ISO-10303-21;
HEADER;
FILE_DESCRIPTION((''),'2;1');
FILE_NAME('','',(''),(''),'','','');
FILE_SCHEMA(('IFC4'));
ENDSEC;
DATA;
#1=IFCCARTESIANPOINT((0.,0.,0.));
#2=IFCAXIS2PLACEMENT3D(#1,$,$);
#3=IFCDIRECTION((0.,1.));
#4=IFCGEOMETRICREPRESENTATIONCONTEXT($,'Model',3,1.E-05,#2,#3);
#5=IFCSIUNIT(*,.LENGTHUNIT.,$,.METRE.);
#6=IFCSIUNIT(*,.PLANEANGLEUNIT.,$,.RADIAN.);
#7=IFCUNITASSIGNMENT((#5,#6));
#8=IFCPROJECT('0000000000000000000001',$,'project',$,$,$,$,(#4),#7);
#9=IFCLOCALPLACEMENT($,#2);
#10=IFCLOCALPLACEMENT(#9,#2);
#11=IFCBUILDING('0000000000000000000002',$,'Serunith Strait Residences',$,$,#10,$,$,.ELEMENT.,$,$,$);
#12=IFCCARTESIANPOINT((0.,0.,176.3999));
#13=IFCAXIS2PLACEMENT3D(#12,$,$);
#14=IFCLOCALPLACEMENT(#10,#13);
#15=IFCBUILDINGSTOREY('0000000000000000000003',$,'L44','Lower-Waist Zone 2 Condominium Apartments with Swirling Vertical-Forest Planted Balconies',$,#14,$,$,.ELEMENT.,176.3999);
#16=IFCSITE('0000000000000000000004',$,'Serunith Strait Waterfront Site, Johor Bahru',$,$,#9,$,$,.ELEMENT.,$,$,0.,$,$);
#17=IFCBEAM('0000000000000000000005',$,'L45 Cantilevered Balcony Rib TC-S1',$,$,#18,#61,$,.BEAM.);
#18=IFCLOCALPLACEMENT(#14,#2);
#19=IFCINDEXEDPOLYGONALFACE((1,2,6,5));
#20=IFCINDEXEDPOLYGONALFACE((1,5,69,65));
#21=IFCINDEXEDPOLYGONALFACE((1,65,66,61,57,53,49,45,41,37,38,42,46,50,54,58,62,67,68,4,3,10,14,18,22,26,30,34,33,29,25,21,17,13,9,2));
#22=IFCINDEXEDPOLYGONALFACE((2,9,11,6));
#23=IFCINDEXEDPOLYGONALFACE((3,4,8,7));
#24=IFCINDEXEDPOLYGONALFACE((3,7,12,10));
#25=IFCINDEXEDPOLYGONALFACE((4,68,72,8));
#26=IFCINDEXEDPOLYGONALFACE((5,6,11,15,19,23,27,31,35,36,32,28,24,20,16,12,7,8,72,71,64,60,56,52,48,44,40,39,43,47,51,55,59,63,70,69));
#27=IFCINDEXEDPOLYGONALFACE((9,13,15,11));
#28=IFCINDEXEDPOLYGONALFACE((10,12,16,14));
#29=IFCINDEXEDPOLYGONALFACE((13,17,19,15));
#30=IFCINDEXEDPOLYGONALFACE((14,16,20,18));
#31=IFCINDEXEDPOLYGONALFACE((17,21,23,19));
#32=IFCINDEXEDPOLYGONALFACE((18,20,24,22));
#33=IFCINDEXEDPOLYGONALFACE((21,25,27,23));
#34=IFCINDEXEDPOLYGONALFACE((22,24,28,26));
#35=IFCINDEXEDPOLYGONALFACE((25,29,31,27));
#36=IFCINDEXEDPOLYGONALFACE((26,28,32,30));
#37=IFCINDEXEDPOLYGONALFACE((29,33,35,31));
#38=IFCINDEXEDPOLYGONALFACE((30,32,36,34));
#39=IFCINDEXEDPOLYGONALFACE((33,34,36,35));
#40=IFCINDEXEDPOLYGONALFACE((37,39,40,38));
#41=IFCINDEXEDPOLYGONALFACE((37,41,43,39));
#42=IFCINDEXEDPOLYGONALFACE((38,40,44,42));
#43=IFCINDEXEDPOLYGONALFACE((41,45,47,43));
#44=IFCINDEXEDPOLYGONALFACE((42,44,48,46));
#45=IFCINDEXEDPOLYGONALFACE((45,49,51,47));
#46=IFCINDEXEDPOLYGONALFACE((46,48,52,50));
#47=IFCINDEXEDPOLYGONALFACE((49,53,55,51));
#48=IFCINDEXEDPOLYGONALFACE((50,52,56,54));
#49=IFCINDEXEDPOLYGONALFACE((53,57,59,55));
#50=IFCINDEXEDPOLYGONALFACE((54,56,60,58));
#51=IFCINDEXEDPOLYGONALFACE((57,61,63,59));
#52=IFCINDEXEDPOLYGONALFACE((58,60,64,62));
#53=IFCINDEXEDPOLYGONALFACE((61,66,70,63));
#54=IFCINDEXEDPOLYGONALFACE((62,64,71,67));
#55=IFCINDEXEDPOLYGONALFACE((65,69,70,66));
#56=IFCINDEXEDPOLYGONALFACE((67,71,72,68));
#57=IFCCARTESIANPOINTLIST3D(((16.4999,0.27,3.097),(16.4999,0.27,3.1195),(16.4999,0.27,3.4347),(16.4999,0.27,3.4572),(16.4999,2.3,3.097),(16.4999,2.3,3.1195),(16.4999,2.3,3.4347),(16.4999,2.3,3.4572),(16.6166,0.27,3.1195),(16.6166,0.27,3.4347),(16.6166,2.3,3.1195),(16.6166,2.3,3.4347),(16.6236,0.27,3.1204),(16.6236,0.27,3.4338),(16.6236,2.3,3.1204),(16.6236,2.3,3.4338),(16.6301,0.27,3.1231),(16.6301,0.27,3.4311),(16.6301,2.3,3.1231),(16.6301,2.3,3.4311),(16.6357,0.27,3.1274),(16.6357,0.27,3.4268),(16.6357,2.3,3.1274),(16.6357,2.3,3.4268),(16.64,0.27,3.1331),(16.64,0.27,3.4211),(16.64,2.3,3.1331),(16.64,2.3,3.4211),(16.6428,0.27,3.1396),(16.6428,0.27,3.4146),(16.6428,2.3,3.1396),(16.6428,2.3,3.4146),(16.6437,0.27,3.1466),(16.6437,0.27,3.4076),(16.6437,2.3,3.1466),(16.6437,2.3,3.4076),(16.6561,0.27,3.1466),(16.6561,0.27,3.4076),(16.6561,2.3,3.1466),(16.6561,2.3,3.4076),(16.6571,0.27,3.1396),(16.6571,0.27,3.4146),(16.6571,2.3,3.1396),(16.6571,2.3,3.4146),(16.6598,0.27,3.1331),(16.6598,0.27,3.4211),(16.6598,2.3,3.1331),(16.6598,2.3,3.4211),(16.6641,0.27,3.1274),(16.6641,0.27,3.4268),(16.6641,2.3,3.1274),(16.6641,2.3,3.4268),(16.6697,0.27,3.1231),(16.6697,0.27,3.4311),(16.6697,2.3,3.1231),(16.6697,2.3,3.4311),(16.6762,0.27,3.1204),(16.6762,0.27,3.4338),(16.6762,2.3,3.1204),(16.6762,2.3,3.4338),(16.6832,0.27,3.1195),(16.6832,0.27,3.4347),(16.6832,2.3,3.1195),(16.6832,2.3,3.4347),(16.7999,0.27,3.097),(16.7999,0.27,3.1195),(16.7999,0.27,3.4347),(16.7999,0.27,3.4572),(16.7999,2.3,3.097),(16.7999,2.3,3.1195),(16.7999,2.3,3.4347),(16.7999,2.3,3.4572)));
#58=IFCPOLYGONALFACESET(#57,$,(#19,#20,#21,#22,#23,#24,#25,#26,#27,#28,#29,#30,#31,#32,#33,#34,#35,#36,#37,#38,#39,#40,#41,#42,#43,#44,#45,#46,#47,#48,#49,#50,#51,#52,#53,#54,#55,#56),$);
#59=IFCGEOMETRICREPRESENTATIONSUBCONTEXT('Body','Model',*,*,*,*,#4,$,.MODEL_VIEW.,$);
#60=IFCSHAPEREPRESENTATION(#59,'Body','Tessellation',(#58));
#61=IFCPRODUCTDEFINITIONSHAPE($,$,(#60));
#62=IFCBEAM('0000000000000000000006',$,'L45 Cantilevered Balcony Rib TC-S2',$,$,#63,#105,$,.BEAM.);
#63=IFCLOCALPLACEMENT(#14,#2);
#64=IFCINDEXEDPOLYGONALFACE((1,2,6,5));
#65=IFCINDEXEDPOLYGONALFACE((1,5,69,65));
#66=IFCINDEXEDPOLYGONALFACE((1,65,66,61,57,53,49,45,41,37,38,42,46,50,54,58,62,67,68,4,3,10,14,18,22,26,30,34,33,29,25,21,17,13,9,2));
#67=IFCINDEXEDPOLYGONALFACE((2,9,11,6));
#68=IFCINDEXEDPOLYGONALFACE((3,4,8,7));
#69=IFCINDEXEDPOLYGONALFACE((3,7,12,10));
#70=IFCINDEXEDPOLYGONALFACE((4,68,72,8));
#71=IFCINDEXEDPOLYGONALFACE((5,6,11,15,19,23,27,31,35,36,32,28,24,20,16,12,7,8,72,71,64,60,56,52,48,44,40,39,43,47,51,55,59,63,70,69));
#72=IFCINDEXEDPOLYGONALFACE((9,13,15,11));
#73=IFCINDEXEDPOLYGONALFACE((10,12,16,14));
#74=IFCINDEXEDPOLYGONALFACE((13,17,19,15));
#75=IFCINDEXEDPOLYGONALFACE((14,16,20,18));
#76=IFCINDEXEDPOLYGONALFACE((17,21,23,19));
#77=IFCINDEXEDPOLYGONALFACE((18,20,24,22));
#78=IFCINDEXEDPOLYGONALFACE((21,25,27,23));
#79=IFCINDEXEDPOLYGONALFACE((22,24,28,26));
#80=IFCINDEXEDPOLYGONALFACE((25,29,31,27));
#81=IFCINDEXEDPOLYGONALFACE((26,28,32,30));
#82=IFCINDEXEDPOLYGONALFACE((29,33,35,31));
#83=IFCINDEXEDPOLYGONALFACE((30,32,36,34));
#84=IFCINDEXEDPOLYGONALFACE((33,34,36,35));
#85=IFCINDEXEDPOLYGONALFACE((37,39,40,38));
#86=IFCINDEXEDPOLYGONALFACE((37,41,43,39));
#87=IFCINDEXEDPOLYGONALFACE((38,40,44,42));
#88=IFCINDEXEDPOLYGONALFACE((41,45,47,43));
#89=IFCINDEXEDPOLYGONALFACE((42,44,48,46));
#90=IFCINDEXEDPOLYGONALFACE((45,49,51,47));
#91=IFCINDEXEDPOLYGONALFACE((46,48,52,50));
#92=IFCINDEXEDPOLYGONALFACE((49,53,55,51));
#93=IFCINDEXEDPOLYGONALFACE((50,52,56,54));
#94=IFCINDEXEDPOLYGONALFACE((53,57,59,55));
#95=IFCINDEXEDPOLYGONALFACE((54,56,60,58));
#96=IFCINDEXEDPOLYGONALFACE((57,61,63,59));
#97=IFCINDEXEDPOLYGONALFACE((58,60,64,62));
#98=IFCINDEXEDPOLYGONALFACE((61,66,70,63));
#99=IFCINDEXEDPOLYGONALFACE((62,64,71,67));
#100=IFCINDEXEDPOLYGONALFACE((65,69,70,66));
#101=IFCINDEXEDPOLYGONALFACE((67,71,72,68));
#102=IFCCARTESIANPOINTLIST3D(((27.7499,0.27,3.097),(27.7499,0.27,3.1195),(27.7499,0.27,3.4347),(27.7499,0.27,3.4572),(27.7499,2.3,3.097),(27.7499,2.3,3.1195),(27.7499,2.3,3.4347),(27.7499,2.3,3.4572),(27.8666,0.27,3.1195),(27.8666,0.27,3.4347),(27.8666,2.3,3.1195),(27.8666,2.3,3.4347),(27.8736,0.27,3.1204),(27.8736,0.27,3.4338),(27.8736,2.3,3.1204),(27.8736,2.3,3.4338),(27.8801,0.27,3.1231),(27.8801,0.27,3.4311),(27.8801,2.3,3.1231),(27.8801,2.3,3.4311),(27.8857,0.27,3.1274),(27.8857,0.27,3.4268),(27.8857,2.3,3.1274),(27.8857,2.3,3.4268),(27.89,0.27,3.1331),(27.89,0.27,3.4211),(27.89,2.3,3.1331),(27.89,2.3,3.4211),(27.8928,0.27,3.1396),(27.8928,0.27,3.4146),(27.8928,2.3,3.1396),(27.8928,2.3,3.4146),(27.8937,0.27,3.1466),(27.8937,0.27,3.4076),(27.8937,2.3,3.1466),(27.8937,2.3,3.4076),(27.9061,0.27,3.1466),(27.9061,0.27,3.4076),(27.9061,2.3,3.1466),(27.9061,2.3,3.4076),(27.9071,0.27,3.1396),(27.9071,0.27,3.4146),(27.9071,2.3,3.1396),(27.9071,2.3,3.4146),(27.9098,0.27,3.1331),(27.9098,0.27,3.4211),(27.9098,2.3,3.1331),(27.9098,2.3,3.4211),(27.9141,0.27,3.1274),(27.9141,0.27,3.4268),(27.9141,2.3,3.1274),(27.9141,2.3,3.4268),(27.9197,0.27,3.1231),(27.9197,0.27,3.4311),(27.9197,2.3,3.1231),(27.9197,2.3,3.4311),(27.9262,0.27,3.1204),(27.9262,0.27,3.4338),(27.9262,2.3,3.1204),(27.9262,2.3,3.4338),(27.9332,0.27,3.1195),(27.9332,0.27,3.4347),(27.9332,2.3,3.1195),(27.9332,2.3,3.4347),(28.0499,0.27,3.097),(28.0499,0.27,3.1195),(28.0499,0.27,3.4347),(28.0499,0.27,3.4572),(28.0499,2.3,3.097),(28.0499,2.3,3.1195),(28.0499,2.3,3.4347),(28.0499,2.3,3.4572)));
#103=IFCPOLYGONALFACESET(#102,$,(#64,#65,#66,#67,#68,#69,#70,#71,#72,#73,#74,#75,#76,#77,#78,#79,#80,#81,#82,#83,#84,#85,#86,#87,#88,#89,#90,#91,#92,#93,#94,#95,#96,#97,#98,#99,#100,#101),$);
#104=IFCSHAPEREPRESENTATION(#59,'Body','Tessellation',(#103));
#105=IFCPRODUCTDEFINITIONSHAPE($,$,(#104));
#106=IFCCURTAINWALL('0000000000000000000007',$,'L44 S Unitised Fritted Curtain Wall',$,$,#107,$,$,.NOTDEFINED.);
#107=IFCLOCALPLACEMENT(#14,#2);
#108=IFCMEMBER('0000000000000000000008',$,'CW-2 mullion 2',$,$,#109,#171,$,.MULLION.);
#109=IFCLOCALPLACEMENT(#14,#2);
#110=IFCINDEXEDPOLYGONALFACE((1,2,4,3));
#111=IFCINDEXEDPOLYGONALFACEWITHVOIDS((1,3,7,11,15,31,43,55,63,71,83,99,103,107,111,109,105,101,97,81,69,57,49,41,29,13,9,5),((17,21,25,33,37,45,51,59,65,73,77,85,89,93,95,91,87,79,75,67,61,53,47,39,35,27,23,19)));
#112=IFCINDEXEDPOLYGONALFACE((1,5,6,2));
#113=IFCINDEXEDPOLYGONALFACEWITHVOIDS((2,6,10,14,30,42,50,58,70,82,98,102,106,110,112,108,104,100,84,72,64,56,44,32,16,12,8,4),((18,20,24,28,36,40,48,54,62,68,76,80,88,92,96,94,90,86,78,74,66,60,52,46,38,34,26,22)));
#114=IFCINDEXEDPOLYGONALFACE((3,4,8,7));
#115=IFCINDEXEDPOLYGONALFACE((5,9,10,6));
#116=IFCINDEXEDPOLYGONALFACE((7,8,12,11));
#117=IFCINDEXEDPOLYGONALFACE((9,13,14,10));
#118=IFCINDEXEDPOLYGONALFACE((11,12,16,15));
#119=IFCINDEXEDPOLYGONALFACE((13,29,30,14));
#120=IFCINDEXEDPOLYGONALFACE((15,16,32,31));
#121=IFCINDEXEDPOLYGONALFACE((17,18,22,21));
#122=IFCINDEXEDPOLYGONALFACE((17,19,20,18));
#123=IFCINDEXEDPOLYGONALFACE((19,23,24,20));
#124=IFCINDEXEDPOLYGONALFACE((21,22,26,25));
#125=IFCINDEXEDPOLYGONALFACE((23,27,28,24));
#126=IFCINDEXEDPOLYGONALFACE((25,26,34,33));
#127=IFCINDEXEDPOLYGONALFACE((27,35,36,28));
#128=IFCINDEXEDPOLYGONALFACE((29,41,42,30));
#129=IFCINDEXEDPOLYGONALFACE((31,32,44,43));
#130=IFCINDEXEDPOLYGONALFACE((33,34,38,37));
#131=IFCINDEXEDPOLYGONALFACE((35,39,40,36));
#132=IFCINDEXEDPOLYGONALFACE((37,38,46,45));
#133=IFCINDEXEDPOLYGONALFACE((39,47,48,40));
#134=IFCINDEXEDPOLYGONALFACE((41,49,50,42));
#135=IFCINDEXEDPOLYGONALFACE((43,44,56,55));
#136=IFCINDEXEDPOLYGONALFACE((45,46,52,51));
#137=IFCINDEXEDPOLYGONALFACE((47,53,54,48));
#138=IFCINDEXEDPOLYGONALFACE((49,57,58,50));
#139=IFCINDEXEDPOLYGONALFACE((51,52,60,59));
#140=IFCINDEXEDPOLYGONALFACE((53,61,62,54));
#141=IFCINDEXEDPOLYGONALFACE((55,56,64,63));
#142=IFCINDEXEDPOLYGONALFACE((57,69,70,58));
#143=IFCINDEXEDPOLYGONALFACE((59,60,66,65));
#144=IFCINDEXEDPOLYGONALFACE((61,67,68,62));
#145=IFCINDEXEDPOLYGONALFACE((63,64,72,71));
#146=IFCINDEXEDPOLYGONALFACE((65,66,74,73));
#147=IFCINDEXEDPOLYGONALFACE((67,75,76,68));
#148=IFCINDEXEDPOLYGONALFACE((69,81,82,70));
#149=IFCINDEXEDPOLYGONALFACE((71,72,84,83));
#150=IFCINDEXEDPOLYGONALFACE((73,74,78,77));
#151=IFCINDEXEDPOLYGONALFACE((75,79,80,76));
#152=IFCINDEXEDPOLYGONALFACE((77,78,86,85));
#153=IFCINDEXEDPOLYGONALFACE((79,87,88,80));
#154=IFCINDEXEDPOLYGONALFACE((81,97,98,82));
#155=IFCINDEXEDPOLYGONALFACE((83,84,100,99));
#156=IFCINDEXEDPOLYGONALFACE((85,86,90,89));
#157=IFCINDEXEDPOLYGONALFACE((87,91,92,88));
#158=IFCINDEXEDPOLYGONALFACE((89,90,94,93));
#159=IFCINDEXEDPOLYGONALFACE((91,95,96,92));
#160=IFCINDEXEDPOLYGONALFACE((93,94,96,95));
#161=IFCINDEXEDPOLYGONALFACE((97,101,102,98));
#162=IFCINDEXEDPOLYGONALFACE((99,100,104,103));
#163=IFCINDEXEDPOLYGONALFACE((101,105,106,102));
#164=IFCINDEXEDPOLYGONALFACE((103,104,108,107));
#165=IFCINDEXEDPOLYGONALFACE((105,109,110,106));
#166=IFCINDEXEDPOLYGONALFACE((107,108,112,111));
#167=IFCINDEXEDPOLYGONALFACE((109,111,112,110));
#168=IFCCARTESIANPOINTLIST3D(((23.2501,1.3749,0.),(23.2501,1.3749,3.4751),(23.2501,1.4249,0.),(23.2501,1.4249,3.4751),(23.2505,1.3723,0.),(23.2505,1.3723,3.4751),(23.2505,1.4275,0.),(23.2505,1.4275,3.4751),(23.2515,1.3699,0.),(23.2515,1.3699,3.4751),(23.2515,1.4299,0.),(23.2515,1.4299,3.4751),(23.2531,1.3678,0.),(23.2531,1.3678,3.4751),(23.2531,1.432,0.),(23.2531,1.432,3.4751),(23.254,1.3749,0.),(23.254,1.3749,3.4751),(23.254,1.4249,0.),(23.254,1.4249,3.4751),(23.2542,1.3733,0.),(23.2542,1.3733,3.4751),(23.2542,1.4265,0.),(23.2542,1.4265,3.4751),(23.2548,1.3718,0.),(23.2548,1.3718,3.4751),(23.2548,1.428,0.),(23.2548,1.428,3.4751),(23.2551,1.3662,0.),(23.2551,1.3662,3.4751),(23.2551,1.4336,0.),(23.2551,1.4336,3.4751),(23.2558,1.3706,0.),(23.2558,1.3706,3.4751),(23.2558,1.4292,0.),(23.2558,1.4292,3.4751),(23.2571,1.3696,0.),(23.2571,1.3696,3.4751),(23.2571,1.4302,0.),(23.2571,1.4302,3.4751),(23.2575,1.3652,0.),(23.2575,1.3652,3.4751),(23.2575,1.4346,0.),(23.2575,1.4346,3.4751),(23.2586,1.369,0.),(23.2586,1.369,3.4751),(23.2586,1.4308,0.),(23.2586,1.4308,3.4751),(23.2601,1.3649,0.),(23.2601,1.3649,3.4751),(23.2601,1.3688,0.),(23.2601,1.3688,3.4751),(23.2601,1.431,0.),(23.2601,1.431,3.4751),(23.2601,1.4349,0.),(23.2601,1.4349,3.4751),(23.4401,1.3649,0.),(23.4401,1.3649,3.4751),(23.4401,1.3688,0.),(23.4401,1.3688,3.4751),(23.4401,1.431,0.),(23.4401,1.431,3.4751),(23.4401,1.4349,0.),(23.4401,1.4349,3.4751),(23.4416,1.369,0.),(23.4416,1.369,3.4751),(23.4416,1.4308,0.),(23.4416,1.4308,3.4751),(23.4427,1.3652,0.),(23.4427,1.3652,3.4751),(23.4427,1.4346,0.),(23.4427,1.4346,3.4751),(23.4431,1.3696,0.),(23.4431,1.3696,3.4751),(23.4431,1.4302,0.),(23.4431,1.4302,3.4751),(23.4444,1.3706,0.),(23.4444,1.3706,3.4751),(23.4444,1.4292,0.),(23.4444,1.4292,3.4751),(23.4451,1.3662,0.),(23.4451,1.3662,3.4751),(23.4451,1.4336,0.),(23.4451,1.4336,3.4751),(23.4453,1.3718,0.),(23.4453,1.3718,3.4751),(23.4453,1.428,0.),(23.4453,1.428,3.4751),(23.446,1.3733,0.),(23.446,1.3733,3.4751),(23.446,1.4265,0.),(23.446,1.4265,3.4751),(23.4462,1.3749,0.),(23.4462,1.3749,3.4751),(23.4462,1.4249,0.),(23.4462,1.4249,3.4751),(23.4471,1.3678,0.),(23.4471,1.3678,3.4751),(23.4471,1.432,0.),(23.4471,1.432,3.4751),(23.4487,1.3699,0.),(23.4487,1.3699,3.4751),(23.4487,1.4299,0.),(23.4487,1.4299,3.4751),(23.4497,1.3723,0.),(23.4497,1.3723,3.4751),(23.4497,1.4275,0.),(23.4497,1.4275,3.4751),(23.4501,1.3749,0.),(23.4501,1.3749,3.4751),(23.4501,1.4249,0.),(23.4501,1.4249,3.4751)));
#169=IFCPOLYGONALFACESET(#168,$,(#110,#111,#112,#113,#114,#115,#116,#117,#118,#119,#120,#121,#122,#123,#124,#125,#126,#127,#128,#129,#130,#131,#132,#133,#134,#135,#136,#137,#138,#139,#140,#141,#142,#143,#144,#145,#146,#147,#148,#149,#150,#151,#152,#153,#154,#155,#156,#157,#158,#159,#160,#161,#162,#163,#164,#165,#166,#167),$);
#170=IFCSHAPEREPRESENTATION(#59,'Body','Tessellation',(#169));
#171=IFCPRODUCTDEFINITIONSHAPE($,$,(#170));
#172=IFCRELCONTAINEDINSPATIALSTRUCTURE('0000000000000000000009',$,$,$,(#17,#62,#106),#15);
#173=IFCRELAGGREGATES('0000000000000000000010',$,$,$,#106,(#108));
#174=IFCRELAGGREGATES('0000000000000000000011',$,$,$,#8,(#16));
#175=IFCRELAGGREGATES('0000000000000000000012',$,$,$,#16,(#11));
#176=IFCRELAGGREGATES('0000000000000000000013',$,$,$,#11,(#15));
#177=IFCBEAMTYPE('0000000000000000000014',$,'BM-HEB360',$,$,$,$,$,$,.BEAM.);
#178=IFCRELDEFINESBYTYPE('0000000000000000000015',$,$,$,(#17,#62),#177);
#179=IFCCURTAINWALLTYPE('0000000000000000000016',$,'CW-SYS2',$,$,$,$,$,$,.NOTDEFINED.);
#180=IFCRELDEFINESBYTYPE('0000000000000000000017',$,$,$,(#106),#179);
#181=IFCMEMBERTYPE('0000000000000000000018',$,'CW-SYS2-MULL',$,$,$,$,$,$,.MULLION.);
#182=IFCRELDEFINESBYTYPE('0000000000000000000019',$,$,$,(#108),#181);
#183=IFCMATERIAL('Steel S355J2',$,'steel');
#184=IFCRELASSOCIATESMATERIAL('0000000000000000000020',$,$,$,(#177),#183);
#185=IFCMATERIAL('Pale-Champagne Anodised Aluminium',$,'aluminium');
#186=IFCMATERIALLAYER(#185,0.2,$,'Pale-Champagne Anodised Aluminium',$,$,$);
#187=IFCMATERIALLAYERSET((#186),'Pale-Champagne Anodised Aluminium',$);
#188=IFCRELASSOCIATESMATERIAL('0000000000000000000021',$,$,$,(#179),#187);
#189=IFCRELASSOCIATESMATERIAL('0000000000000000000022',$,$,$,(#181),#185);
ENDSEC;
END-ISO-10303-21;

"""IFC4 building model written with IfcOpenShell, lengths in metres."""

from ifc_helpers import new_model, si_unit, direction, frame, origin, origin_2d, place, context, subcontext, project, spatial, hollow_rectangle, i_section, extrude, source, transform, mapped, material, layer, layer_set, material_profile, profile_set, type_object, element, aggregate, save


model = new_model("IFC4")

# Units and contexts
model_context = context("Model", 3, precision=1e-05, world=origin(), true_north=direction((0.0, 1.0)))
body_context = subcontext(model_context, "Body", "Model", "MODEL_VIEW")
ifc_project = project(units=[si_unit("LENGTHUNIT", "METRE"), si_unit("PLANEANGLEUNIT", "RADIAN")], contexts=[model_context])

# Site, building, storey
site_placement = place(None, origin())
site = spatial("IfcSite", under=ifc_project, at=site_placement, Name="Serunith Strait Waterfront Site, Johor Bahru", CompositionType="ELEMENT", RefElevation=0.0)
building_placement = place(site_placement, origin())
building = spatial("IfcBuilding", under=site, at=building_placement, Name="Serunith Strait Residences", CompositionType="ELEMENT")
storey_placement = place(building_placement, frame((0.0, 0.0, 176.3999)))
storey = spatial("IfcBuildingStorey", under=building, at=storey_placement, Name="L44", Description="Lower-Waist Zone 2 Condominium Apartments with Swirling Vertical-Forest Planted Balconies", CompositionType="ELEMENT", Elevation=176.3999)

# Beams
ifc_material_1 = material(Name="Steel S355J2", Category="steel")
ifc_material_profile_1 = material_profile(ifc_material_1, i_section(OverallWidth=0.3, OverallDepth=0.3601, WebThickness=0.0125, FlangeThickness=0.0225, FilletRadius=0.0271, at=origin_2d()), Name="HEB 360")
ifc_profile_set_1 = profile_set([ifc_material_profile_1], Name="Steel S355J2")
beam_type_1 = type_object("IfcBeamType", Name="BM-HEB360", PredefinedType="BEAM", material=ifc_profile_set_1)
shared_shape_1 = source(origin(), body_context, "Body", "SweptSolid", [
    extrude(i_section(OverallWidth=0.3, OverallDepth=0.3601, WebThickness=0.0125, FlangeThickness=0.0225, FilletRadius=0.0271, at=origin_2d()), origin(), (0.0, 0.0, 1.0), 2.03),
])
for number, where, z_axis, x_axis, name in (
    (1, (16.6499, 2.3, 3.2771), (0.0, -1.0, 0.0), (1.0, 0.0, 0.0), "L45 Cantilevered Balcony Rib TC-S1"),
    (2, (27.8999, 2.3, 3.2771), (0.0, -1.0, 0.0), (1.0, 0.0, 0.0), "L45 Cantilevered Balcony Rib TC-S2"),
):
    element("IfcBeam", number, at=place(storey_placement, frame(where, z_axis=z_axis, x_axis=x_axis)), inside=storey, type_object=beam_type_1, Name=name, PredefinedType="BEAM", context=body_context, shape_type="MappedRepresentation", body=[
        mapped(shared_shape_1, transform((0.0, 0.0, 0.0), scale=1.0)),
    ])

# Curtain wall, member
ifc_material_2 = material(Name="Pale-Champagne Anodised Aluminium", Category="aluminium")
ifc_layer_1 = layer(ifc_material_2, 0.2, Name="Pale-Champagne Anodised Aluminium")
ifc_layer_set_1 = layer_set([ifc_layer_1], Name="Pale-Champagne Anodised Aluminium")
curtain_wall_type = type_object("IfcCurtainWallType", Name="CW-SYS2", PredefinedType="NOTDEFINED", material=ifc_layer_set_1)
curtain_wall_placement = place(storey_placement, origin())
curtain_wall = element("IfcCurtainWall", 3, at=curtain_wall_placement, inside=storey, type_object=curtain_wall_type, Name="L44 S Unitised Fritted Curtain Wall", PredefinedType="NOTDEFINED")
ifc_material_profile_2 = material_profile(ifc_material_2, hollow_rectangle(XDim=0.0701, YDim=0.2, WallThickness=0.0039, InnerFilletRadius=0.0061, OuterFilletRadius=0.01, at=origin_2d()), Name="ALU 200x70x4")
ifc_profile_set_2 = profile_set([ifc_material_profile_2], Name="Pale-Champagne Anodised Aluminium")
member_type_1 = type_object("IfcMemberType", Name="CW-SYS2-MULL", PredefinedType="MULLION", material=ifc_profile_set_2)
shared_shape_2 = source(origin(), body_context, "Body", "SweptSolid", [
    extrude(hollow_rectangle(XDim=0.0701, YDim=0.2, WallThickness=0.0039, InnerFilletRadius=0.0061, OuterFilletRadius=0.01, at=origin_2d()), origin(), (0.0, 0.0, 1.0), 3.4751),
])
member_1_placement = place(storey_placement, frame((23.3501, 1.3999, 0.0), z_axis=(0.0, 0.0, 1.0), x_axis=(0.0, 1.0, 0.0)))
member_1 = element("IfcMember", 4, at=member_1_placement, type_object=member_type_1, Name="CW-2 mullion 2", PredefinedType="MULLION", context=body_context, shape_type="MappedRepresentation", body=[
    mapped(shared_shape_2, transform((0.0, 0.0, 0.0), scale=1.0)),
])
aggregate(curtain_wall, [member_1])

save(model, "model.ifc")
